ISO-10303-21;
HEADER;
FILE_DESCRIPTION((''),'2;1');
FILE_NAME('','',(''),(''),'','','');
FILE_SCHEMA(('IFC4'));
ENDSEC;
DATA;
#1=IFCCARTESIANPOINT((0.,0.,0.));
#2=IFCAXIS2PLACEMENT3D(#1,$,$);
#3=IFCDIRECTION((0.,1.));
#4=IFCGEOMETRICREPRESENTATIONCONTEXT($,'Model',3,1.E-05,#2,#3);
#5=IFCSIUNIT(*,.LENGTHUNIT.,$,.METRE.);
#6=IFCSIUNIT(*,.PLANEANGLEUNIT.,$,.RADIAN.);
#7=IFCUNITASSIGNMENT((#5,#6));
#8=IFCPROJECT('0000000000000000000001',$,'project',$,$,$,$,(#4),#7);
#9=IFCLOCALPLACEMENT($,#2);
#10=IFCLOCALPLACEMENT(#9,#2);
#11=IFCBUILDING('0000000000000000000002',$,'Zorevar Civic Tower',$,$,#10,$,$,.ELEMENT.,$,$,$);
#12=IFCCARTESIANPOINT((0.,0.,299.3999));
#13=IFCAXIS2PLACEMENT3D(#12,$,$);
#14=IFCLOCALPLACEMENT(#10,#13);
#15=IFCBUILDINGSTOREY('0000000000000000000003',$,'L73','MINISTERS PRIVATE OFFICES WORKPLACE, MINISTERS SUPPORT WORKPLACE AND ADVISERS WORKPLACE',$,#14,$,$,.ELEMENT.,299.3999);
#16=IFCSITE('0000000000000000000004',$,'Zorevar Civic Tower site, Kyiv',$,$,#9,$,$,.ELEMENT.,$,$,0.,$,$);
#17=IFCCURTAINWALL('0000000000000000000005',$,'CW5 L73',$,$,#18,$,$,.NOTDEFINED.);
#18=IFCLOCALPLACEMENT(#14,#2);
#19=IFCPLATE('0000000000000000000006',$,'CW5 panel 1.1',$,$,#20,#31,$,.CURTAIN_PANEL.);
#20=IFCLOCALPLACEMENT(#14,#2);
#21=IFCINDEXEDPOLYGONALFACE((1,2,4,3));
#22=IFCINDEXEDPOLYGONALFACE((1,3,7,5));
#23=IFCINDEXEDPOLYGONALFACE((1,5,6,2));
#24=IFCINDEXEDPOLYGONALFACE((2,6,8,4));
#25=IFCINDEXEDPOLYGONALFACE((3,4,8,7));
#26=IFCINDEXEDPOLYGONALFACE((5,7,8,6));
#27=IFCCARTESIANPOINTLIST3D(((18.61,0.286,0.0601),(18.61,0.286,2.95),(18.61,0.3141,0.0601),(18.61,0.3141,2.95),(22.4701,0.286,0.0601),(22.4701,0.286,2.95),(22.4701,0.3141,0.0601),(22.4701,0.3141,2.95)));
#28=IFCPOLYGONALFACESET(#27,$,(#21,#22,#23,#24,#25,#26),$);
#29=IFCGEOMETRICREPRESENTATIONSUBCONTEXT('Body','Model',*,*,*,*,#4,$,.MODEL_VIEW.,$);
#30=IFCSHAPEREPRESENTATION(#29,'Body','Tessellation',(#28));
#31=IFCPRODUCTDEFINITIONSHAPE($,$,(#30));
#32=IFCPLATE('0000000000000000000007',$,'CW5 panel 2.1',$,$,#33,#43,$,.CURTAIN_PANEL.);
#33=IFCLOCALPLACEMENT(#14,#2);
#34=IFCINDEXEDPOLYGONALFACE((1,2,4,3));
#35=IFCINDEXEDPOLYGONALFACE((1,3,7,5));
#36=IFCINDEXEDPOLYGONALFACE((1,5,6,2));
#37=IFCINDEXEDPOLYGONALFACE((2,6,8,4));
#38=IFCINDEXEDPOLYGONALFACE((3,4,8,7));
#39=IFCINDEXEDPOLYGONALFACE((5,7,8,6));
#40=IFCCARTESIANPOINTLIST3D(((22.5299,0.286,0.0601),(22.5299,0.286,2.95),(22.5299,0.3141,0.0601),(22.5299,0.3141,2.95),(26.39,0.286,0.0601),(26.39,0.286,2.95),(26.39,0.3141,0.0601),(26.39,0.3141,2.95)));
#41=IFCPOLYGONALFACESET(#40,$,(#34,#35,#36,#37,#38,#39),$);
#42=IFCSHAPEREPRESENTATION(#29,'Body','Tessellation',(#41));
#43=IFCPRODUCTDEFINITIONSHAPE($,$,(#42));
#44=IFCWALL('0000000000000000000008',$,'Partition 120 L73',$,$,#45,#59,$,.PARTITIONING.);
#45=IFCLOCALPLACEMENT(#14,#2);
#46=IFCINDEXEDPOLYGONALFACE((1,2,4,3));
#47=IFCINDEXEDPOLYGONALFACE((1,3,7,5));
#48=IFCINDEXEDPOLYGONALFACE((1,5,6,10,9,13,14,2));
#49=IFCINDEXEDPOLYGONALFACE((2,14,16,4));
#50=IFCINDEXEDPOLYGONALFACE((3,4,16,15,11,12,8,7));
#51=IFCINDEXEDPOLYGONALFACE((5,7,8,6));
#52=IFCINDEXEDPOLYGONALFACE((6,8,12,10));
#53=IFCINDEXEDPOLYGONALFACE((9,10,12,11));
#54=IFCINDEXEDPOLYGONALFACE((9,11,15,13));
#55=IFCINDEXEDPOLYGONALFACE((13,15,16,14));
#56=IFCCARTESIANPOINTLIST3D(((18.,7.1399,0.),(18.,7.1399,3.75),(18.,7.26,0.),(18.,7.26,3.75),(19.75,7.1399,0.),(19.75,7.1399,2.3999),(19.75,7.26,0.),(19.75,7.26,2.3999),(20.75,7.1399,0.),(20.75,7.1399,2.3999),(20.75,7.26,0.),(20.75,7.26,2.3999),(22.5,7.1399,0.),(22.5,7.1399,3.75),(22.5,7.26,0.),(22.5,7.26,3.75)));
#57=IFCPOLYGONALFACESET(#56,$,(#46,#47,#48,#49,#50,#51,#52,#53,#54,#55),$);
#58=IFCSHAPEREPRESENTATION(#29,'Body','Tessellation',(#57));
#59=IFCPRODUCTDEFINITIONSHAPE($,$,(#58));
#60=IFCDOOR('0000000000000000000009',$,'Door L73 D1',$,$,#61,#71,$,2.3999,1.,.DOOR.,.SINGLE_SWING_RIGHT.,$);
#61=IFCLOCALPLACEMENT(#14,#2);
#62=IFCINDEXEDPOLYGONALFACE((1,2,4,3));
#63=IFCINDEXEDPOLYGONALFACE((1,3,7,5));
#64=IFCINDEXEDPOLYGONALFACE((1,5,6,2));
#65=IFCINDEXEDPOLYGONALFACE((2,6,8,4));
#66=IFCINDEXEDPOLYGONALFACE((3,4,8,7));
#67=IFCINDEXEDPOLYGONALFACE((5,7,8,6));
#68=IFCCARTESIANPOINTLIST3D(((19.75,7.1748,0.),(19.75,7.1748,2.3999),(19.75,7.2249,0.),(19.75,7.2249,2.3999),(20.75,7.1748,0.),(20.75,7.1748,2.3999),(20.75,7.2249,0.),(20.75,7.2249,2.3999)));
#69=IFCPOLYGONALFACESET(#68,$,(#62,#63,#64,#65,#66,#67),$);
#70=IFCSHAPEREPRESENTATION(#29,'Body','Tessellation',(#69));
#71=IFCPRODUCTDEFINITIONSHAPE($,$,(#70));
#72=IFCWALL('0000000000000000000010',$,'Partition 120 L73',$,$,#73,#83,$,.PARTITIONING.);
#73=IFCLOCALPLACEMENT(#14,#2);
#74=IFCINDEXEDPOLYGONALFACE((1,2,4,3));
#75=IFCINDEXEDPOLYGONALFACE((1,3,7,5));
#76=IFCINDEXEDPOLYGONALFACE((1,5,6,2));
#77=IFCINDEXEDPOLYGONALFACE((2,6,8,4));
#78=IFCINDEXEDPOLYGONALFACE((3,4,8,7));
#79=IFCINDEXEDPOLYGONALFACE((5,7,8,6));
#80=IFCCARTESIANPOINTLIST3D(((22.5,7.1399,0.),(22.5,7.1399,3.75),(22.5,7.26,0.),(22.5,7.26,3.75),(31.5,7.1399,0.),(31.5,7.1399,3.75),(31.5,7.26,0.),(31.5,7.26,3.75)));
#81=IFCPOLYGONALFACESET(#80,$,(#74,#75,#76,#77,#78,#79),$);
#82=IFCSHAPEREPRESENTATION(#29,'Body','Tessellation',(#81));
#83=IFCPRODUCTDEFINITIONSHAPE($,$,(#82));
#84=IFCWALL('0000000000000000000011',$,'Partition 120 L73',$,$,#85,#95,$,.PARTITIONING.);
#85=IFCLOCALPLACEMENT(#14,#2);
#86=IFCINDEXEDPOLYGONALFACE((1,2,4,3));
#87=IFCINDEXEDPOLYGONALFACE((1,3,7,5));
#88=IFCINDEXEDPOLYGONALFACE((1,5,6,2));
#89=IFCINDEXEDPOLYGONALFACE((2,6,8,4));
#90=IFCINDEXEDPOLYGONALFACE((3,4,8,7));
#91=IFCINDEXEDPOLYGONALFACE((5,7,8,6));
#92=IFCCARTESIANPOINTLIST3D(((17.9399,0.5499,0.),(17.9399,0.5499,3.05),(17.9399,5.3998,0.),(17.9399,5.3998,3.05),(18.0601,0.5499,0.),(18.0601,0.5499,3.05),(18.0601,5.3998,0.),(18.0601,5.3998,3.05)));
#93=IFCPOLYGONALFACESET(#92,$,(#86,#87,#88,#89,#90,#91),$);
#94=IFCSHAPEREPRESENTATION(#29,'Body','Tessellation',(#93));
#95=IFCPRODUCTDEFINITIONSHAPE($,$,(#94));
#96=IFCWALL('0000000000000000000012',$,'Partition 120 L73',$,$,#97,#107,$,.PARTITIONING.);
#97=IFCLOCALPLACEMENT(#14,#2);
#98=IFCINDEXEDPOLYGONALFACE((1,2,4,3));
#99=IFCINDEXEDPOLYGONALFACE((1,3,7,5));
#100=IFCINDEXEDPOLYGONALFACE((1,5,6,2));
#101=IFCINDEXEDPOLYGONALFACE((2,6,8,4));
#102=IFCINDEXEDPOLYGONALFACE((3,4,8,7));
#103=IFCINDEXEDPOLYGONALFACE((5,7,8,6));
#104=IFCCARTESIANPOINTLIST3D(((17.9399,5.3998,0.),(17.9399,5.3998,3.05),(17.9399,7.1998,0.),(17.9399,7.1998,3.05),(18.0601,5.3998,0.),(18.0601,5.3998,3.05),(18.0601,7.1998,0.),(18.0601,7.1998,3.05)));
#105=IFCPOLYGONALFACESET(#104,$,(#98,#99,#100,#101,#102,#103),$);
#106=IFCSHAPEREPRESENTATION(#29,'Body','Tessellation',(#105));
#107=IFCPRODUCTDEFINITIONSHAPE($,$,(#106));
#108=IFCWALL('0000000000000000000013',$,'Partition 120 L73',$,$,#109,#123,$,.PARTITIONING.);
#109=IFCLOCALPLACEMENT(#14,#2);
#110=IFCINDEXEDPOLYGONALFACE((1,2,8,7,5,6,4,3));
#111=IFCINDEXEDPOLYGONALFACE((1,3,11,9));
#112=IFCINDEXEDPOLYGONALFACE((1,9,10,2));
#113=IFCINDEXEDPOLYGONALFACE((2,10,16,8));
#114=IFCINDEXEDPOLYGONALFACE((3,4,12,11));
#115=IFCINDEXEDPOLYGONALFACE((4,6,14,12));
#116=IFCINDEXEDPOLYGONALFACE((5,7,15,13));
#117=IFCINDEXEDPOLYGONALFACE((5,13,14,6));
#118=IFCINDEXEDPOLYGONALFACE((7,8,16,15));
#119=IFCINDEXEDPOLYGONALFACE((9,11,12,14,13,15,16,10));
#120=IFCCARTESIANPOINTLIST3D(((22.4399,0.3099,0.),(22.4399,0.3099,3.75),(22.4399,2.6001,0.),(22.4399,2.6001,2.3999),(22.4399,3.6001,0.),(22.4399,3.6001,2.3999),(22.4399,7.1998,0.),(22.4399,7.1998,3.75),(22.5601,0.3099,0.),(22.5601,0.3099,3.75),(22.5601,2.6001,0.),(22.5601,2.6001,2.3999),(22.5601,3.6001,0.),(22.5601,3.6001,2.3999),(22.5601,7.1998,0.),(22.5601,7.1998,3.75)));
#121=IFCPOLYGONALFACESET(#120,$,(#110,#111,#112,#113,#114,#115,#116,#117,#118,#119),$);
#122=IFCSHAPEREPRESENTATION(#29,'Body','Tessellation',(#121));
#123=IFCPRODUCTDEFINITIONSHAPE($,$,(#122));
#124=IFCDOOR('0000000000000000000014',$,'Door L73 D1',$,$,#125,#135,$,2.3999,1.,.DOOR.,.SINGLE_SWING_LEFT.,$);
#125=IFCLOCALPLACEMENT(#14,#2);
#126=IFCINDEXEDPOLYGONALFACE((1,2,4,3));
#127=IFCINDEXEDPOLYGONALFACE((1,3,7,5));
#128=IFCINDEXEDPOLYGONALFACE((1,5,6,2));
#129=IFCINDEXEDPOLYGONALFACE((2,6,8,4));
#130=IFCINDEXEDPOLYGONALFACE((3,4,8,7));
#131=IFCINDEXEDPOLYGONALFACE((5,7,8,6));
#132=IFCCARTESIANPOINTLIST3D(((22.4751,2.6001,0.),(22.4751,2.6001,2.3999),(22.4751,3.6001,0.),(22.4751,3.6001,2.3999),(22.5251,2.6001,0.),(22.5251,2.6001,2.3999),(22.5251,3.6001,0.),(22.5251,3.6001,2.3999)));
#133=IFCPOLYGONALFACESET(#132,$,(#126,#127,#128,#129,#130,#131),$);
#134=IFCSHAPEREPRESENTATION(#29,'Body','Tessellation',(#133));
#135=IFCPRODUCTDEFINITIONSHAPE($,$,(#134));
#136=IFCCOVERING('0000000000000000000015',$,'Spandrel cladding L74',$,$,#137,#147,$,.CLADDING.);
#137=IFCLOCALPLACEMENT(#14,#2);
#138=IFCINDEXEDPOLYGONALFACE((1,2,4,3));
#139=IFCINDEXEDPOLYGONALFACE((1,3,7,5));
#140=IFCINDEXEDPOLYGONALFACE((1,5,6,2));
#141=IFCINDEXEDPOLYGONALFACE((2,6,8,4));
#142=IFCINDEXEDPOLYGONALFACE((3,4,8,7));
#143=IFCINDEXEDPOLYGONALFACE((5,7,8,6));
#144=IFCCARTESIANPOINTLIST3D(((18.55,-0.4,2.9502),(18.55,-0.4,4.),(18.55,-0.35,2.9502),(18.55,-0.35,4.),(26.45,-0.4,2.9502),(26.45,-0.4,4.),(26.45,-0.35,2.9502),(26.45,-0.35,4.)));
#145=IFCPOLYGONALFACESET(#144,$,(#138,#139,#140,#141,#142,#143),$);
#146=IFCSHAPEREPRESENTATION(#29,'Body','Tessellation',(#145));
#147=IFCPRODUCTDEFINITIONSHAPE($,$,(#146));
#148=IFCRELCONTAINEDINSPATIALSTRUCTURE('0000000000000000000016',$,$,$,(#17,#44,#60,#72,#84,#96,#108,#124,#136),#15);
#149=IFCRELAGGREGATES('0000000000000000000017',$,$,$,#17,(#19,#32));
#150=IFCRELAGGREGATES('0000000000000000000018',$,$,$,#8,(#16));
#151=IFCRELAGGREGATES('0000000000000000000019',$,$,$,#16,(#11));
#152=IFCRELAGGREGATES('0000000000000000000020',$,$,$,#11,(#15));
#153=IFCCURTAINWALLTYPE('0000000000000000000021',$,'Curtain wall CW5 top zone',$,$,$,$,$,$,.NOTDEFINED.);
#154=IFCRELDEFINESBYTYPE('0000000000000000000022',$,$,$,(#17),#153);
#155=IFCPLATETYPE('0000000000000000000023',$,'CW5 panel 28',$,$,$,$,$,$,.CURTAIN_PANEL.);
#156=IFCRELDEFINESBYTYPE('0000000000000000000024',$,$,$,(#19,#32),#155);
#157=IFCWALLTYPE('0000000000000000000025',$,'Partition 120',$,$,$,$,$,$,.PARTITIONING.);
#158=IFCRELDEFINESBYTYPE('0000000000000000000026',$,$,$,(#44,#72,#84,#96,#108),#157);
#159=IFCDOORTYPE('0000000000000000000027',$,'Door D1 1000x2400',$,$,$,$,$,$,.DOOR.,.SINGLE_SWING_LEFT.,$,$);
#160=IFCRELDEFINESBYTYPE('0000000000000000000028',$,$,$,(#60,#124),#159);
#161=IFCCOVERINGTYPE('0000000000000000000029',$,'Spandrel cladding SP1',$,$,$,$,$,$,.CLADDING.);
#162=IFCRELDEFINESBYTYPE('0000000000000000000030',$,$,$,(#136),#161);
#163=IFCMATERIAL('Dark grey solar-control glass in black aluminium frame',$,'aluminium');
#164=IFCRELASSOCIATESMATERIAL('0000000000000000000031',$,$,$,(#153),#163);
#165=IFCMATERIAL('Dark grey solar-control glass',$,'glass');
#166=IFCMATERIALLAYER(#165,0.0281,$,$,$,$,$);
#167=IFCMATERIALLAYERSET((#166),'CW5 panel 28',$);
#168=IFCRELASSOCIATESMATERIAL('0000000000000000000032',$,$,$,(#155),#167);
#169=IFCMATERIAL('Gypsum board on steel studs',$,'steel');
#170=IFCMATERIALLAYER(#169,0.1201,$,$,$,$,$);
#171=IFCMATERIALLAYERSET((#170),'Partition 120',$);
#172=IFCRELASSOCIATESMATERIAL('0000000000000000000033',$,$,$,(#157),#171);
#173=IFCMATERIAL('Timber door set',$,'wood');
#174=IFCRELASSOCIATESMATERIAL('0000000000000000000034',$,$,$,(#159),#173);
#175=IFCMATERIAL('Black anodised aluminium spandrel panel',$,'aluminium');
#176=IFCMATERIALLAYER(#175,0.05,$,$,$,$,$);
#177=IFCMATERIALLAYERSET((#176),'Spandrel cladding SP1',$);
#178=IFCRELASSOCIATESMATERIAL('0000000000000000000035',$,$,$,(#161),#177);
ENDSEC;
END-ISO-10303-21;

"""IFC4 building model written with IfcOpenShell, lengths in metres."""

from ifc_helpers import new_model, si_unit, direction, frame, frame_2d, origin, origin_2d, place, context, subcontext, project, spatial, rectangle, extrude, material, layer, layer_set, type_object, element, fill, aggregate, save


model = new_model("IFC4")

# Units and contexts
model_context = context("Model", 3, precision=1e-05, world=origin(), true_north=direction((0.0, 1.0)))
body_context = subcontext(model_context, "Body", "Model", "MODEL_VIEW")
ifc_project = project(units=[si_unit("LENGTHUNIT", "METRE"), si_unit("PLANEANGLEUNIT", "RADIAN")], contexts=[model_context])

# Site, building, storey
site_placement = place(None, origin())
site = spatial("IfcSite", under=ifc_project, at=site_placement, Name="Zorevar Civic Tower site, Kyiv", CompositionType="ELEMENT", RefElevation=0.0)
building_placement = place(site_placement, origin())
building = spatial("IfcBuilding", under=site, at=building_placement, Name="Zorevar Civic Tower", CompositionType="ELEMENT")
storey_placement = place(building_placement, frame((0.0, 0.0, 299.3999)))
storey = spatial("IfcBuildingStorey", under=building, at=storey_placement, Name="L73", Description="MINISTERS PRIVATE OFFICES WORKPLACE, MINISTERS SUPPORT WORKPLACE AND ADVISERS WORKPLACE", CompositionType="ELEMENT", Elevation=299.3999)

# Curtain wall
ifc_material_1 = material(Name="Dark grey solar-control glass in black aluminium frame", Category="aluminium")
curtain_wall_type = type_object("IfcCurtainWallType", Name="Curtain wall CW5 top zone", PredefinedType="NOTDEFINED", material=ifc_material_1)
curtain_wall_placement = place(storey_placement, origin())
curtain_wall = element("IfcCurtainWall", 1, at=curtain_wall_placement, inside=storey, type_object=curtain_wall_type, Name="CW5 L73", PredefinedType="NOTDEFINED")

# Plates
ifc_material_2 = material(Name="Dark grey solar-control glass", Category="glass")
ifc_layer_1 = layer(ifc_material_2, 0.0281)
ifc_layer_set_1 = layer_set([ifc_layer_1], Name="CW5 panel 28")
plate_type = type_object("IfcPlateType", Name="CW5 panel 28", PredefinedType="CURTAIN_PANEL", material=ifc_layer_set_1)
plate_1_placement = place(storey_placement, frame((20.54, 0.3, 0.0601), z_axis=(0.0, 0.0, 1.0), x_axis=(1.0, 0.0, 0.0)))
plate_1 = element("IfcPlate", 2, at=plate_1_placement, type_object=plate_type, Name="CW5 panel 1.1", PredefinedType="CURTAIN_PANEL", context=body_context, shape_type="SweptSolid", body=[
    extrude(rectangle(XDim=3.8601, YDim=0.0281, at=origin_2d()), origin(), (0.0, 0.0, 1.0), 2.8899),
])
plate_2_placement = place(storey_placement, frame((24.46, 0.3, 0.0601), z_axis=(0.0, 0.0, 1.0), x_axis=(1.0, 0.0, 0.0)))
plate_2 = element("IfcPlate", 3, at=plate_2_placement, type_object=plate_type, Name="CW5 panel 2.1", PredefinedType="CURTAIN_PANEL", context=body_context, shape_type="SweptSolid", body=[
    extrude(rectangle(XDim=3.8601, YDim=0.0281, at=origin_2d()), origin(), (0.0, 0.0, 1.0), 2.8899),
])
aggregate(curtain_wall, [plate_1, plate_2])

# Wall, opening, door
ifc_material_3 = material(Name="Gypsum board on steel studs", Category="steel")
ifc_layer_2 = layer(ifc_material_3, 0.1201)
ifc_layer_set_2 = layer_set([ifc_layer_2], Name="Partition 120")
wall_type = type_object("IfcWallType", Name="Partition 120", PredefinedType="PARTITIONING", material=ifc_layer_set_2)
wall_1_placement = place(storey_placement, frame((18.0, 7.2, 0.0), z_axis=(0.0, 0.0, 1.0), x_axis=(1.0, 0.0, 0.0)))
wall_1 = element("IfcWall", 4, at=wall_1_placement, inside=storey, type_object=wall_type, Name="Partition 120 L73", PredefinedType="PARTITIONING", context=body_context, shape_type="SweptSolid", body=[
    extrude(rectangle(XDim=4.5, YDim=0.1201, at=frame_2d((2.25, 0.0))), origin(), (0.0, 0.0, 1.0), 3.75),
])
opening_1_placement = place(wall_1_placement, frame((1.75, 0.0, 0.0)))
opening_1 = element("IfcOpeningElement", 5, at=opening_1_placement, cuts=wall_1, PredefinedType="OPENING", context=body_context, shape_type="SweptSolid", body=[
    extrude(rectangle(XDim=1.0, YDim=2.3999, at=frame_2d((0.5, 1.2))), frame((0.0, 0.0701, 0.0), z_axis=(0.0, -1.0, 0.0), x_axis=(1.0, 0.0, 0.0)), (0.0, 0.0, 1.0), 0.1401),
])
ifc_material_4 = material(Name="Timber door set", Category="wood")
door_type = type_object("IfcDoorType", Name="Door D1 1000x2400", OperationType="SINGLE_SWING_LEFT", PredefinedType="DOOR", material=ifc_material_4)
door_1_placement = place(opening_1_placement, origin())
door_1 = element("IfcDoor", 6, at=door_1_placement, inside=storey, type_object=door_type, Name="Door L73 D1", OperationType="SINGLE_SWING_RIGHT", OverallHeight=2.3999, OverallWidth=1.0, PredefinedType="DOOR", context=body_context, shape_type="SweptSolid", body=[
    extrude(rectangle(XDim=1.0, YDim=2.3999, at=frame_2d((0.5, 1.2))), frame((0.0, 0.0249, 0.0), z_axis=(0.0, -1.0, 0.0), x_axis=(1.0, 0.0, 0.0)), (0.0, 0.0, 1.0), 0.05),
])
fill(opening_1, door_1)

# Walls
wall_2_placement = place(storey_placement, frame((22.5, 7.2, 0.0), z_axis=(0.0, 0.0, 1.0), x_axis=(1.0, 0.0, 0.0)))
element("IfcWall", 7, at=wall_2_placement, inside=storey, type_object=wall_type, Name="Partition 120 L73", PredefinedType="PARTITIONING", context=body_context, shape_type="SweptSolid", body=[
    extrude(rectangle(XDim=9.0, YDim=0.1201, at=frame_2d((4.5, 0.0))), origin(), (0.0, 0.0, 1.0), 3.75),
])
wall_3_placement = place(storey_placement, frame((18.0, 0.55, 0.0), z_axis=(0.0, 0.0, 1.0), x_axis=(0.0, 1.0, 0.0)))
element("IfcWall", 8, at=wall_3_placement, inside=storey, type_object=wall_type, Name="Partition 120 L73", PredefinedType="PARTITIONING", context=body_context, shape_type="SweptSolid", body=[
    extrude(rectangle(XDim=4.8499, YDim=0.1201, at=frame_2d((2.4248, 0.0))), origin(), (0.0, 0.0, 1.0), 3.05),
])
wall_4_placement = place(storey_placement, frame((18.0, 5.3999, 0.0), z_axis=(0.0, 0.0, 1.0), x_axis=(0.0, 1.0, 0.0)))
element("IfcWall", 9, at=wall_4_placement, inside=storey, type_object=wall_type, Name="Partition 120 L73", PredefinedType="PARTITIONING", context=body_context, shape_type="SweptSolid", body=[
    extrude(rectangle(XDim=1.8, YDim=0.1201, at=frame_2d((0.8999, 0.0))), origin(), (0.0, 0.0, 1.0), 3.05),
])

# Wall, opening, door
wall_5_placement = place(storey_placement, frame((22.5, 0.3101, 0.0), z_axis=(0.0, 0.0, 1.0), x_axis=(0.0, 1.0, 0.0)))
wall_5 = element("IfcWall", 10, at=wall_5_placement, inside=storey, type_object=wall_type, Name="Partition 120 L73", PredefinedType="PARTITIONING", context=body_context, shape_type="SweptSolid", body=[
    extrude(rectangle(XDim=6.8899, YDim=0.1201, at=frame_2d((3.4448, 0.0))), origin(), (0.0, 0.0, 1.0), 3.75),
])
opening_2_placement = place(wall_5_placement, frame((2.29, 0.0, 0.0)))
opening_2 = element("IfcOpeningElement", 11, at=opening_2_placement, cuts=wall_5, PredefinedType="OPENING", context=body_context, shape_type="SweptSolid", body=[
    extrude(rectangle(XDim=1.0, YDim=2.3999, at=frame_2d((0.5, 1.2))), frame((0.0, 0.0701, 0.0), z_axis=(0.0, -1.0, 0.0), x_axis=(1.0, 0.0, 0.0)), (0.0, 0.0, 1.0), 0.1401),
])
door_2_placement = place(opening_2_placement, origin())
door_2 = element("IfcDoor", 12, at=door_2_placement, inside=storey, type_object=door_type, Name="Door L73 D1", OperationType="SINGLE_SWING_LEFT", OverallHeight=2.3999, OverallWidth=1.0, PredefinedType="DOOR", context=body_context, shape_type="SweptSolid", body=[
    extrude(rectangle(XDim=1.0, YDim=2.3999, at=frame_2d((0.5, 1.2))), frame((0.0, 0.0249, 0.0), z_axis=(0.0, -1.0, 0.0), x_axis=(1.0, 0.0, 0.0)), (0.0, 0.0, 1.0), 0.05),
])
fill(opening_2, door_2)

# Covering
ifc_material_5 = material(Name="Black anodised aluminium spandrel panel", Category="aluminium")
ifc_layer_3 = layer(ifc_material_5, 0.05)
ifc_layer_set_3 = layer_set([ifc_layer_3], Name="Spandrel cladding SP1")
covering_type = type_object("IfcCoveringType", Name="Spandrel cladding SP1", PredefinedType="CLADDING", material=ifc_layer_set_3)
covering_placement = place(storey_placement, frame((18.55, -0.375, 2.9502), z_axis=(0.0, 0.0, 1.0), x_axis=(1.0, 0.0, 0.0)))
element("IfcCovering", 13, at=covering_placement, inside=storey, type_object=covering_type, Name="Spandrel cladding L74", PredefinedType="CLADDING", context=body_context, shape_type="SweptSolid", body=[
    extrude(rectangle(XDim=7.8999, YDim=0.05, at=frame_2d((3.95, 0.0))), origin(), (0.0, 0.0, 1.0), 1.0498),
])

save(model, "model.ifc")
